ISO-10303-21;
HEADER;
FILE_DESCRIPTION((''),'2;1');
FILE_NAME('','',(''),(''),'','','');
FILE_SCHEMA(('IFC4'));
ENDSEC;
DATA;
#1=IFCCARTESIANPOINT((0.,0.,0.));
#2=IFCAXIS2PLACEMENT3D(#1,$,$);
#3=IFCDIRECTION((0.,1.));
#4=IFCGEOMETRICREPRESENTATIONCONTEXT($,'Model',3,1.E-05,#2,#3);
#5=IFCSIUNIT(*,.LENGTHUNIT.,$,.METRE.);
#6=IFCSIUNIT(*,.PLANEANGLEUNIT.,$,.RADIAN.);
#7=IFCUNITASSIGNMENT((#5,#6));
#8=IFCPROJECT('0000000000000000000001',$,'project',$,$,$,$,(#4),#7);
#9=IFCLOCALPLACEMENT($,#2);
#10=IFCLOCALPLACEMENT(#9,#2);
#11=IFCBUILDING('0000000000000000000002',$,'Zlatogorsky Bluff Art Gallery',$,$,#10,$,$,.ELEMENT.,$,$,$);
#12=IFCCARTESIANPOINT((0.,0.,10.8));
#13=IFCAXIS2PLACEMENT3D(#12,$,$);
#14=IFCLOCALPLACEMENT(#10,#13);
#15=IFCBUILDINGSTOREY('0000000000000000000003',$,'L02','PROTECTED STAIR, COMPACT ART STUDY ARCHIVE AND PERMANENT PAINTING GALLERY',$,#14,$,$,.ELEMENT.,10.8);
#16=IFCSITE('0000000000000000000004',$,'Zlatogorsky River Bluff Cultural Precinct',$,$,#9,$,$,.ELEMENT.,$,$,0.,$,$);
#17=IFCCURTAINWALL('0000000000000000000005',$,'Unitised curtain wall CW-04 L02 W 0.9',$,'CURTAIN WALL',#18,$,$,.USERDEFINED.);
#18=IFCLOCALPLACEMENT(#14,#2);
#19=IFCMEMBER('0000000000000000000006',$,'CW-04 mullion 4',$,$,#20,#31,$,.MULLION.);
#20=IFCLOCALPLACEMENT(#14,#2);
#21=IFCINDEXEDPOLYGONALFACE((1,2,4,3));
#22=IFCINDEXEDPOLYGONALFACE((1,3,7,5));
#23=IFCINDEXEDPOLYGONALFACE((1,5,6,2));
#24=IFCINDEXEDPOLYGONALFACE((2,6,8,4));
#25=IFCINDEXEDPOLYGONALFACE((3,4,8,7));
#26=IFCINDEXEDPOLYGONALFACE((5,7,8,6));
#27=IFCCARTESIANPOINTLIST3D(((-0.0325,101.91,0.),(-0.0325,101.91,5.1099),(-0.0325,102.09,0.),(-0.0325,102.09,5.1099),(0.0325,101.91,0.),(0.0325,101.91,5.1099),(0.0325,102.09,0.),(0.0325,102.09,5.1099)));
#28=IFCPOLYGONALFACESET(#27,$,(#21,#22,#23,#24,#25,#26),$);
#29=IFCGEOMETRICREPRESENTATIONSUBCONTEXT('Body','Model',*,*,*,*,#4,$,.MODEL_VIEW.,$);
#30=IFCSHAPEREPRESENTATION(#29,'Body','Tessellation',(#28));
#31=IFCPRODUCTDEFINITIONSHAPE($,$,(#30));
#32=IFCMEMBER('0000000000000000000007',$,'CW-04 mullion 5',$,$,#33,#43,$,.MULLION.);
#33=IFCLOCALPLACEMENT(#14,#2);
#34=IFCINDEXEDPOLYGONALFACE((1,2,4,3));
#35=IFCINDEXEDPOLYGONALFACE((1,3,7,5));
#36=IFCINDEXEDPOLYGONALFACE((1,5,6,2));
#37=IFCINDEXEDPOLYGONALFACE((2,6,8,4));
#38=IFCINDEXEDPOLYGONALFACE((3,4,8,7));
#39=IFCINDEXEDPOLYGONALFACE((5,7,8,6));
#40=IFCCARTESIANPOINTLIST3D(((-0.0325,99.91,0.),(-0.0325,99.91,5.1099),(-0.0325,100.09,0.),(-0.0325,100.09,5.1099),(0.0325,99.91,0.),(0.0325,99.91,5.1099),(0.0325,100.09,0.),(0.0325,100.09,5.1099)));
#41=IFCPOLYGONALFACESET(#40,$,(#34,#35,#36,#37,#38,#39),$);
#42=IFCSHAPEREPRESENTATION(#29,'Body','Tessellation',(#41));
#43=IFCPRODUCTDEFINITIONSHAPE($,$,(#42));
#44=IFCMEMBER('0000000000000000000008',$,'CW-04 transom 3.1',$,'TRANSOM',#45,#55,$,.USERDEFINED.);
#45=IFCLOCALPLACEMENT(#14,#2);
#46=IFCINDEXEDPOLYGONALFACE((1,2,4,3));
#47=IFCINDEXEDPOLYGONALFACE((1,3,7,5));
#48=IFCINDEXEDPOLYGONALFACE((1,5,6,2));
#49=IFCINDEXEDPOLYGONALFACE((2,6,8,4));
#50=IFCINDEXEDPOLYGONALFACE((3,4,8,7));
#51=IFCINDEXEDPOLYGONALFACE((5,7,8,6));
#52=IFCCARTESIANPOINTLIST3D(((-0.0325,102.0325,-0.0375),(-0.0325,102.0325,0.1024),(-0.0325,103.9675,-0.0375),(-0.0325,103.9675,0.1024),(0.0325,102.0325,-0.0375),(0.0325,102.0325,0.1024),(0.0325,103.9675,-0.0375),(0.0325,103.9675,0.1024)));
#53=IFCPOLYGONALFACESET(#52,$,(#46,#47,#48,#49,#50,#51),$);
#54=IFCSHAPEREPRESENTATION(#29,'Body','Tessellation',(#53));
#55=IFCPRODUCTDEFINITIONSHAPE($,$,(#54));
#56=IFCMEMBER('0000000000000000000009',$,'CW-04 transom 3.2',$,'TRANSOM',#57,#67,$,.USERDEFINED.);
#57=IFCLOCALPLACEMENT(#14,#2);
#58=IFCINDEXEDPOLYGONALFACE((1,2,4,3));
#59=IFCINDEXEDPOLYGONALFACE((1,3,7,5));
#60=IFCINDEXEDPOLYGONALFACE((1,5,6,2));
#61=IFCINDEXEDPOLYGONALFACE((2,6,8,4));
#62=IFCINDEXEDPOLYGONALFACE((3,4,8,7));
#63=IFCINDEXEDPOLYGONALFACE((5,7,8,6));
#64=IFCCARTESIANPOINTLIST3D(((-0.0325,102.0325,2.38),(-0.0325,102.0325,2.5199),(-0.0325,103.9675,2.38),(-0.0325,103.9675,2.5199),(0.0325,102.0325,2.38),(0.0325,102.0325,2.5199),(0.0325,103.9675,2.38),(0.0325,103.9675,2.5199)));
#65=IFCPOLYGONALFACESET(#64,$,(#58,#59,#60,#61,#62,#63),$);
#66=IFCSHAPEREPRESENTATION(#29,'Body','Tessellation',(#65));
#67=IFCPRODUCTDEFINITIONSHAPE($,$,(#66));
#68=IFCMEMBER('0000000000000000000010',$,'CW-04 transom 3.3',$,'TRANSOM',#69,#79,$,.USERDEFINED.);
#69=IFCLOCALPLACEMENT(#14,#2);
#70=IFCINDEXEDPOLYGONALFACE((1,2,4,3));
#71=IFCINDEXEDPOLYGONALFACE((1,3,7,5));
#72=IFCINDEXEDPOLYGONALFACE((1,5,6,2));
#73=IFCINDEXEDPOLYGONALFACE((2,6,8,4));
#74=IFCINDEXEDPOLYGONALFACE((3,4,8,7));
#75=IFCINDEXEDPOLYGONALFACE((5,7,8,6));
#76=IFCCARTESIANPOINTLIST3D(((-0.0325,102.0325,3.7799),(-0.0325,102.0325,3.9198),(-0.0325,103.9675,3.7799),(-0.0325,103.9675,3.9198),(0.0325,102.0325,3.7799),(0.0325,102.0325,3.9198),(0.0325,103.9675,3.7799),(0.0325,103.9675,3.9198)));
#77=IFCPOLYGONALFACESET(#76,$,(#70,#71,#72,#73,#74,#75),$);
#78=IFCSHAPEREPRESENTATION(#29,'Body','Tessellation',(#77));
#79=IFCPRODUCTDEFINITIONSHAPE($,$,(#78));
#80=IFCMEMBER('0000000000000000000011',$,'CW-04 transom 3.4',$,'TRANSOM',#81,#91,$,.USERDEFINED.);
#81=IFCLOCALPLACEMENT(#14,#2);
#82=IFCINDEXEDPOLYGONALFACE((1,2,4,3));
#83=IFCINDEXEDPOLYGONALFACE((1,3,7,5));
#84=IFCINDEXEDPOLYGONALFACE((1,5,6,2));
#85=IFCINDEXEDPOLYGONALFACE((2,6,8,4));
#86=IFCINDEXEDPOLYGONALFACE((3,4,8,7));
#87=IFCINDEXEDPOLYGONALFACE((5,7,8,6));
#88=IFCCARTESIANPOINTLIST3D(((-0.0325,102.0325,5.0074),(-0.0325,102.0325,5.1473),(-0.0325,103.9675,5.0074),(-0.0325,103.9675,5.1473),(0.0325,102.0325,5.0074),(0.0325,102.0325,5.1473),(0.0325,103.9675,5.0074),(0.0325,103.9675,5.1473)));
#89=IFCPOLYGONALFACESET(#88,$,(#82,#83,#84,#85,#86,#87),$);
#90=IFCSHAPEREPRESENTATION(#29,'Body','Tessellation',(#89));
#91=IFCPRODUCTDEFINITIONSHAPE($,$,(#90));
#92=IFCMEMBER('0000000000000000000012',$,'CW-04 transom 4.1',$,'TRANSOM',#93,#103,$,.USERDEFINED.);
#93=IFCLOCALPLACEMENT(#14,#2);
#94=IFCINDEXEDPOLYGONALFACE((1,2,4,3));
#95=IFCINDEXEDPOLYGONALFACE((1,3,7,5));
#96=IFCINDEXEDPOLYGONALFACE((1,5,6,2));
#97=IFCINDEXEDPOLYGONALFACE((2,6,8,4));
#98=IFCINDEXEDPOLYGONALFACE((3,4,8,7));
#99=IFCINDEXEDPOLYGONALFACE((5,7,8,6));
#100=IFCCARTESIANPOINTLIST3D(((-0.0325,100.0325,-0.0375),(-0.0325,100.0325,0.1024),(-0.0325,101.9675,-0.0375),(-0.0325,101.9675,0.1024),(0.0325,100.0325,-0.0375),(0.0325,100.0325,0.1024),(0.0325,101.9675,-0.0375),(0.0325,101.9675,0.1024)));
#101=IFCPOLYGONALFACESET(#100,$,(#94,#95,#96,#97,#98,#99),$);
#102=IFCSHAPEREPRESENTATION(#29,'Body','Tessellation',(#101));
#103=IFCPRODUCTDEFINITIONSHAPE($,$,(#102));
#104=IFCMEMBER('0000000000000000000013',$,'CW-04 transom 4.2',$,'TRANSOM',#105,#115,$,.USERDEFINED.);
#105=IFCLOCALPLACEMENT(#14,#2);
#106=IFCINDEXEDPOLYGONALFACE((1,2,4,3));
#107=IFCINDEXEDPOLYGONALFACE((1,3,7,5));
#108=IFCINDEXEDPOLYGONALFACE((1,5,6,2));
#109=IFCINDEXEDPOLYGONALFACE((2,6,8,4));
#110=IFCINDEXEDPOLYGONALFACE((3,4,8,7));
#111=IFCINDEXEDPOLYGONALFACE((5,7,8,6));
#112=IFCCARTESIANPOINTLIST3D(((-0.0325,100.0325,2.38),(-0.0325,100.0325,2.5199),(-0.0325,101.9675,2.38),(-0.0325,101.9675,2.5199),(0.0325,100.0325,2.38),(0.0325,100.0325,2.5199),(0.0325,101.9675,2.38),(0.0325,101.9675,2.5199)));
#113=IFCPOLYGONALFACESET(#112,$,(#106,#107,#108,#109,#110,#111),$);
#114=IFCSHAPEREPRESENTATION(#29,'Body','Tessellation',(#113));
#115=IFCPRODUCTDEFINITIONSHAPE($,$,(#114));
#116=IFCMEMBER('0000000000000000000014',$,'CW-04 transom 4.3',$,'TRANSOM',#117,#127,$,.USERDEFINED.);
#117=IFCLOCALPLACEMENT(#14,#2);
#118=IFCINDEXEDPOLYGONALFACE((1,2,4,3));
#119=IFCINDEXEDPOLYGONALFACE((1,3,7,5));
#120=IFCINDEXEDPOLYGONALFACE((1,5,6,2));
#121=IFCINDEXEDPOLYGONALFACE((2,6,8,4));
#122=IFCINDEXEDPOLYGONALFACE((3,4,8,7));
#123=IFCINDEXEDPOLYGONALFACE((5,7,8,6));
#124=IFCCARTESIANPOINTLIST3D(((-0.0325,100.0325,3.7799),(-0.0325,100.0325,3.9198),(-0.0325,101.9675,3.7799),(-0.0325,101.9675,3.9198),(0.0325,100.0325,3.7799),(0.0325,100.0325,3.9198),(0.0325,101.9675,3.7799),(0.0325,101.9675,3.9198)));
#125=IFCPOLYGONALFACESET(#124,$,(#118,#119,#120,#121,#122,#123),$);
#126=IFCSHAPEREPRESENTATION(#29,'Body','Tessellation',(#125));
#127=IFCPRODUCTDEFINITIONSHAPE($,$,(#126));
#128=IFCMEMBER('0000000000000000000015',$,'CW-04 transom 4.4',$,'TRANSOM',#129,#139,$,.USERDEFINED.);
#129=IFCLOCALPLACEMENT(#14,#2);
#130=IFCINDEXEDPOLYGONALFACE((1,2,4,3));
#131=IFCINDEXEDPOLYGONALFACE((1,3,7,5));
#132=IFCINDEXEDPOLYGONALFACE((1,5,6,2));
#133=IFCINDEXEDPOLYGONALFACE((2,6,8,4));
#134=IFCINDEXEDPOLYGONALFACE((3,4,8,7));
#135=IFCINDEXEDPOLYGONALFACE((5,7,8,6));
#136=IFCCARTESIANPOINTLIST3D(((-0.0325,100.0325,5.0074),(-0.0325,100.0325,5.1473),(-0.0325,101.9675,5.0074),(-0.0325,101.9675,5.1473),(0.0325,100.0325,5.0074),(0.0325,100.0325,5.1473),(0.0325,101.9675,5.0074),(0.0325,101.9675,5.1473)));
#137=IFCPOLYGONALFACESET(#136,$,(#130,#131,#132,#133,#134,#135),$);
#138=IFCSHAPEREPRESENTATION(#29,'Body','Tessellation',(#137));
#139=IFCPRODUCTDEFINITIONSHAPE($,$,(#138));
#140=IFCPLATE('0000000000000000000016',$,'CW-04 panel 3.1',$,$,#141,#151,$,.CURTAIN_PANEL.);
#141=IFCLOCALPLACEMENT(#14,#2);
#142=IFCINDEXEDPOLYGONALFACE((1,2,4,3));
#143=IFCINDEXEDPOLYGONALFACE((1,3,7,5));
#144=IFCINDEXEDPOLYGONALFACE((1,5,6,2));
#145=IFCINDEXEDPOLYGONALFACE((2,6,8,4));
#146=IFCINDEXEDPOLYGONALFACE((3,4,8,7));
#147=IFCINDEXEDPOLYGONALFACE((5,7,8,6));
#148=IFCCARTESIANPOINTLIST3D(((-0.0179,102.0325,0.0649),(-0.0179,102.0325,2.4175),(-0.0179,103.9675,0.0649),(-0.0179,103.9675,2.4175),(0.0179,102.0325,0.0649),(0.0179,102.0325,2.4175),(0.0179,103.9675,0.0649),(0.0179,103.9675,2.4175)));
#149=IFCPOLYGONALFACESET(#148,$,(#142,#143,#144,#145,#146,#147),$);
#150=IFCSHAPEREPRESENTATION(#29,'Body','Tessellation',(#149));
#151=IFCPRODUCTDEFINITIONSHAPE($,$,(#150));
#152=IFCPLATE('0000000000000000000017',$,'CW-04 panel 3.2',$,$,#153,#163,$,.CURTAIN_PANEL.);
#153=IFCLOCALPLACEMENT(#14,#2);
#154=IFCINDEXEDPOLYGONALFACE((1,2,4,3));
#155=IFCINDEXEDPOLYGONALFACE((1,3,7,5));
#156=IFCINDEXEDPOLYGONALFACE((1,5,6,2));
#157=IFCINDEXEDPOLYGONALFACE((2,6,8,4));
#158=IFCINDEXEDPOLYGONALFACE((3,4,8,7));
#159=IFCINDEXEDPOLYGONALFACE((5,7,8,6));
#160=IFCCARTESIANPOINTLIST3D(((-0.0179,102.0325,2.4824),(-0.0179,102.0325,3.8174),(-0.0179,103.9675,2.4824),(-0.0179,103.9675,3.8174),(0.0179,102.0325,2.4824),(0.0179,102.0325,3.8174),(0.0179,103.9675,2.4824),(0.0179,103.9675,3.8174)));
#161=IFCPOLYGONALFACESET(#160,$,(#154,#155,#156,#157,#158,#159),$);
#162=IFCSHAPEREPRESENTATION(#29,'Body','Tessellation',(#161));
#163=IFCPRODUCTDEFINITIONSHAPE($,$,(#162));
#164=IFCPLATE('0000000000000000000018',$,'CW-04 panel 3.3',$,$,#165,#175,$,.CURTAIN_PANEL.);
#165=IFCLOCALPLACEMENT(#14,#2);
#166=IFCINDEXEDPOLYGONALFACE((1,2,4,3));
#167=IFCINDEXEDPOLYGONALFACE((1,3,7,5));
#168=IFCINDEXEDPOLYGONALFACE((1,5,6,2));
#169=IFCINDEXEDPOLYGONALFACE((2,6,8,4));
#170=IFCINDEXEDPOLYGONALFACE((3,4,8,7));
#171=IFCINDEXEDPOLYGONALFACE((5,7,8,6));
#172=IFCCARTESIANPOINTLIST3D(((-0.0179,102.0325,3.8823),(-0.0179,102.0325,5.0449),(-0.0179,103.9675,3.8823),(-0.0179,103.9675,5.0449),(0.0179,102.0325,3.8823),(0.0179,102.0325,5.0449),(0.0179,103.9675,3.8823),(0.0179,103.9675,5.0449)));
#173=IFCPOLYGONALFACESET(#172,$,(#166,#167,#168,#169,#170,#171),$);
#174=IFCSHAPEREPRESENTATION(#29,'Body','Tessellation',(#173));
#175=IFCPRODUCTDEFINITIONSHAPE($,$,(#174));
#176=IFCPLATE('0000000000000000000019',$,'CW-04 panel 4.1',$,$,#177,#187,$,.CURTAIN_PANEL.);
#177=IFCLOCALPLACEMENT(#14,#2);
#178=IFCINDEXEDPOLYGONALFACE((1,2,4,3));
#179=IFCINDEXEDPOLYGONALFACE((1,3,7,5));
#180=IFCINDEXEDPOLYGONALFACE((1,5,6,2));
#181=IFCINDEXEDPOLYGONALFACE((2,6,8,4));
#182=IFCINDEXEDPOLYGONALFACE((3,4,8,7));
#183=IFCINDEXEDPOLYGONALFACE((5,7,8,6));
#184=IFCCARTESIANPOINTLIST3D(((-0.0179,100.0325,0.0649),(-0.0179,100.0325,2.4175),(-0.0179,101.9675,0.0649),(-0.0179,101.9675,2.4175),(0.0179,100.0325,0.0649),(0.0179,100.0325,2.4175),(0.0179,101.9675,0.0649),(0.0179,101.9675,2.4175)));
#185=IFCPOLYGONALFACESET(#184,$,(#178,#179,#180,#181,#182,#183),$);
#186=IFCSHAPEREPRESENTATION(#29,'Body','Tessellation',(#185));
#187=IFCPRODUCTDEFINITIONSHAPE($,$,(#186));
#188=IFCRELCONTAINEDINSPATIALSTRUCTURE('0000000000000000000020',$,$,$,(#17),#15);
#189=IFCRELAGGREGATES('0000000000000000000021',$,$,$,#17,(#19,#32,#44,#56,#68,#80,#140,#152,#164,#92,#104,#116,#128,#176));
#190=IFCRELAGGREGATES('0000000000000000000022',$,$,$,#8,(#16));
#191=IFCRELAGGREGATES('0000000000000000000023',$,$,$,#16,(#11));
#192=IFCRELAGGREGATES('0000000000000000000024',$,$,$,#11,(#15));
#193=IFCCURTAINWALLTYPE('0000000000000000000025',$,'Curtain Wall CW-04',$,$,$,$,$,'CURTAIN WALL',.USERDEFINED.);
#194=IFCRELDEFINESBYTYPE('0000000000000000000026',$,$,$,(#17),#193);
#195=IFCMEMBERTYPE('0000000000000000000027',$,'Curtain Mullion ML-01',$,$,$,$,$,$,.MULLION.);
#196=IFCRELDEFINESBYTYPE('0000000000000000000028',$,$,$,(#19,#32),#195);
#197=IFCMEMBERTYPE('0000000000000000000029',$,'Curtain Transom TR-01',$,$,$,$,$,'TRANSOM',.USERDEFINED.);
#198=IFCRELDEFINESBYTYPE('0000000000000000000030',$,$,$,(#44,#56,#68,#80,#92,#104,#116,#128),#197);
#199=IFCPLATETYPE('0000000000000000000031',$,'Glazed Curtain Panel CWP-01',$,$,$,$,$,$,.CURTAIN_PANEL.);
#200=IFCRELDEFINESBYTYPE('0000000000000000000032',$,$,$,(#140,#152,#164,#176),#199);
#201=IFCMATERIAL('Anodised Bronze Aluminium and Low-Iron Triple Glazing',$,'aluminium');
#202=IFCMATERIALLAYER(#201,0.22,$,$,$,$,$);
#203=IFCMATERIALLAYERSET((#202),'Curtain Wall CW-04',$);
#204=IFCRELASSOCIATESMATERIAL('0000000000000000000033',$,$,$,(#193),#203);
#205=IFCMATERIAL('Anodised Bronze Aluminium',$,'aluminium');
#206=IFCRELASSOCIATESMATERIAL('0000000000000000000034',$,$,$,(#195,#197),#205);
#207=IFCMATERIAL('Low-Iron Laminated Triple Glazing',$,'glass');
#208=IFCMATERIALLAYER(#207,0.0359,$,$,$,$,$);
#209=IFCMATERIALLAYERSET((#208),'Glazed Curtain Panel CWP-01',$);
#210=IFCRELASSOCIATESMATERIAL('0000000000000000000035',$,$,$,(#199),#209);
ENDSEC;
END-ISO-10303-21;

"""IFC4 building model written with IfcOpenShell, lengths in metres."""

from ifc_helpers import new_model, si_unit, direction, frame, origin, origin_2d, place, context, subcontext, project, spatial, rectangle, extrude, material, layer, layer_set, material_profile, profile_set, type_object, element, aggregate, save


model = new_model("IFC4")

# Units and contexts
model_context = context("Model", 3, precision=1e-05, world=origin(), true_north=direction((0.0, 1.0)))
body_context = subcontext(model_context, "Body", "Model", "MODEL_VIEW")
ifc_project = project(units=[si_unit("LENGTHUNIT", "METRE"), si_unit("PLANEANGLEUNIT", "RADIAN")], contexts=[model_context])

# Site, building, storey
site_placement = place(None, origin())
site = spatial("IfcSite", under=ifc_project, at=site_placement, Name="Zlatogorsky River Bluff Cultural Precinct", CompositionType="ELEMENT", RefElevation=0.0)
building_placement = place(site_placement, origin())
building = spatial("IfcBuilding", under=site, at=building_placement, Name="Zlatogorsky Bluff Art Gallery", CompositionType="ELEMENT")
storey_placement = place(building_placement, frame((0.0, 0.0, 10.8)))
storey = spatial("IfcBuildingStorey", under=building, at=storey_placement, Name="L02", Description="PROTECTED STAIR, COMPACT ART STUDY ARCHIVE AND PERMANENT PAINTING GALLERY", CompositionType="ELEMENT", Elevation=10.8)

# Curtain wall, members, plates
ifc_material_1 = material(Name="Anodised Bronze Aluminium and Low-Iron Triple Glazing", Category="aluminium")
ifc_layer_1 = layer(ifc_material_1, 0.22)
ifc_layer_set_1 = layer_set([ifc_layer_1], Name="Curtain Wall CW-04")
curtain_wall_type = type_object("IfcCurtainWallType", Name="Curtain Wall CW-04", ElementType="CURTAIN WALL", PredefinedType="USERDEFINED", material=ifc_layer_set_1)
curtain_wall_placement = place(storey_placement, origin())
curtain_wall = element("IfcCurtainWall", 1, at=curtain_wall_placement, inside=storey, type_object=curtain_wall_type, Name="Unitised curtain wall CW-04 L02 W 0.9", ObjectType="CURTAIN WALL", PredefinedType="USERDEFINED")
ifc_material_2 = material(Name="Anodised Bronze Aluminium", Category="aluminium")
ifc_material_profile_1 = material_profile(ifc_material_2, rectangle(XDim=0.0649, YDim=0.1799, at=origin_2d()), Name="ALU MULLION 65x180")
ifc_profile_set_1 = profile_set([ifc_material_profile_1], Name="Anodised Bronze Aluminium")
member_type_1 = type_object("IfcMemberType", Name="Curtain Mullion ML-01", PredefinedType="MULLION", material=ifc_profile_set_1)
member_1_placement = place(storey_placement, frame((0.0, 102.0, 0.0), z_axis=(0.0, 0.0, 1.0), x_axis=(1.0, 0.0, 0.0)))
member_1 = element("IfcMember", 2, at=member_1_placement, type_object=member_type_1, Name="CW-04 mullion 4", PredefinedType="MULLION", context=body_context, shape_type="SweptSolid", body=[
    extrude(rectangle(XDim=0.0649, YDim=0.1799, at=origin_2d()), origin(), (0.0, 0.0, 1.0), 5.1099),
])
member_2_placement = place(storey_placement, frame((0.0, 100.0, 0.0), z_axis=(0.0, 0.0, 1.0), x_axis=(1.0, 0.0, 0.0)))
member_2 = element("IfcMember", 3, at=member_2_placement, type_object=member_type_1, Name="CW-04 mullion 5", PredefinedType="MULLION", context=body_context, shape_type="SweptSolid", body=[
    extrude(rectangle(XDim=0.0649, YDim=0.1799, at=origin_2d()), origin(), (0.0, 0.0, 1.0), 5.1099),
])
ifc_material_profile_2 = material_profile(ifc_material_2, rectangle(XDim=0.0649, YDim=0.1399, at=origin_2d()), Name="ALU TRANSOM 65x140")
ifc_profile_set_2 = profile_set([ifc_material_profile_2], Name="Anodised Bronze Aluminium")
member_type_2 = type_object("IfcMemberType", Name="Curtain Transom TR-01", ElementType="TRANSOM", PredefinedType="USERDEFINED", material=ifc_profile_set_2)
member_3_placement = place(storey_placement, frame((0.0, 103.9675, 0.0325), z_axis=(0.0, -1.0, 0.0), x_axis=(1.0, 0.0, 0.0)))
member_3 = element("IfcMember", 4, at=member_3_placement, type_object=member_type_2, Name="CW-04 transom 3.1", ObjectType="TRANSOM", PredefinedType="USERDEFINED", context=body_context, shape_type="SweptSolid", body=[
    extrude(rectangle(XDim=0.0649, YDim=0.1399, at=origin_2d()), origin(), (0.0, 0.0, 1.0), 1.9351),
])
member_4_placement = place(storey_placement, frame((0.0, 103.9675, 2.45), z_axis=(0.0, -1.0, 0.0), x_axis=(1.0, 0.0, 0.0)))
member_4 = element("IfcMember", 5, at=member_4_placement, type_object=member_type_2, Name="CW-04 transom 3.2", ObjectType="TRANSOM", PredefinedType="USERDEFINED", context=body_context, shape_type="SweptSolid", body=[
    extrude(rectangle(XDim=0.0649, YDim=0.1399, at=origin_2d()), origin(), (0.0, 0.0, 1.0), 1.9351),
])
member_5_placement = place(storey_placement, frame((0.0, 103.9675, 3.8499), z_axis=(0.0, -1.0, 0.0), x_axis=(1.0, 0.0, 0.0)))
member_5 = element("IfcMember", 6, at=member_5_placement, type_object=member_type_2, Name="CW-04 transom 3.3", ObjectType="TRANSOM", PredefinedType="USERDEFINED", context=body_context, shape_type="SweptSolid", body=[
    extrude(rectangle(XDim=0.0649, YDim=0.1399, at=origin_2d()), origin(), (0.0, 0.0, 1.0), 1.9351),
])
member_6_placement = place(storey_placement, frame((0.0, 103.9675, 5.0774), z_axis=(0.0, -1.0, 0.0), x_axis=(1.0, 0.0, 0.0)))
member_6 = element("IfcMember", 7, at=member_6_placement, type_object=member_type_2, Name="CW-04 transom 3.4", ObjectType="TRANSOM", PredefinedType="USERDEFINED", context=body_context, shape_type="SweptSolid", body=[
    extrude(rectangle(XDim=0.0649, YDim=0.1399, at=origin_2d()), origin(), (0.0, 0.0, 1.0), 1.9351),
])
member_7_placement = place(storey_placement, frame((0.0, 101.9675, 0.0325), z_axis=(0.0, -1.0, 0.0), x_axis=(1.0, 0.0, 0.0)))
member_7 = element("IfcMember", 8, at=member_7_placement, type_object=member_type_2, Name="CW-04 transom 4.1", ObjectType="TRANSOM", PredefinedType="USERDEFINED", context=body_context, shape_type="SweptSolid", body=[
    extrude(rectangle(XDim=0.0649, YDim=0.1399, at=origin_2d()), origin(), (0.0, 0.0, 1.0), 1.9351),
])
member_8_placement = place(storey_placement, frame((0.0, 101.9675, 2.45), z_axis=(0.0, -1.0, 0.0), x_axis=(1.0, 0.0, 0.0)))
member_8 = element("IfcMember", 9, at=member_8_placement, type_object=member_type_2, Name="CW-04 transom 4.2", ObjectType="TRANSOM", PredefinedType="USERDEFINED", context=body_context, shape_type="SweptSolid", body=[
    extrude(rectangle(XDim=0.0649, YDim=0.1399, at=origin_2d()), origin(), (0.0, 0.0, 1.0), 1.9351),
])
member_9_placement = place(storey_placement, frame((0.0, 101.9675, 3.8499), z_axis=(0.0, -1.0, 0.0), x_axis=(1.0, 0.0, 0.0)))
member_9 = element("IfcMember", 10, at=member_9_placement, type_object=member_type_2, Name="CW-04 transom 4.3", ObjectType="TRANSOM", PredefinedType="USERDEFINED", context=body_context, shape_type="SweptSolid", body=[
    extrude(rectangle(XDim=0.0649, YDim=0.1399, at=origin_2d()), origin(), (0.0, 0.0, 1.0), 1.9351),
])
member_10_placement = place(storey_placement, frame((0.0, 101.9675, 5.0774), z_axis=(0.0, -1.0, 0.0), x_axis=(1.0, 0.0, 0.0)))
member_10 = element("IfcMember", 11, at=member_10_placement, type_object=member_type_2, Name="CW-04 transom 4.4", ObjectType="TRANSOM", PredefinedType="USERDEFINED", context=body_context, shape_type="SweptSolid", body=[
    extrude(rectangle(XDim=0.0649, YDim=0.1399, at=origin_2d()), origin(), (0.0, 0.0, 1.0), 1.9351),
])
ifc_material_3 = material(Name="Low-Iron Laminated Triple Glazing", Category="glass")
ifc_layer_2 = layer(ifc_material_3, 0.0359)
ifc_layer_set_2 = layer_set([ifc_layer_2], Name="Glazed Curtain Panel CWP-01")
plate_type = type_object("IfcPlateType", Name="Glazed Curtain Panel CWP-01", PredefinedType="CURTAIN_PANEL", material=ifc_layer_set_2)
plate_1_placement = place(storey_placement, frame((0.0, 103.0, 0.0649), z_axis=(0.0, 0.0, 1.0), x_axis=(0.0, -1.0, 0.0)))
plate_1 = element("IfcPlate", 12, at=plate_1_placement, type_object=plate_type, Name="CW-04 panel 3.1", PredefinedType="CURTAIN_PANEL", context=body_context, shape_type="SweptSolid", body=[
    extrude(rectangle(XDim=1.9351, YDim=0.0359, at=origin_2d()), origin(), (0.0, 0.0, 1.0), 2.3525),
])
plate_2_placement = place(storey_placement, frame((0.0, 103.0, 2.4824), z_axis=(0.0, 0.0, 1.0), x_axis=(0.0, -1.0, 0.0)))
plate_2 = element("IfcPlate", 13, at=plate_2_placement, type_object=plate_type, Name="CW-04 panel 3.2", PredefinedType="CURTAIN_PANEL", context=body_context, shape_type="SweptSolid", body=[
    extrude(rectangle(XDim=1.9351, YDim=0.0359, at=origin_2d()), origin(), (0.0, 0.0, 1.0), 1.335),
])
plate_3_placement = place(storey_placement, frame((0.0, 103.0, 3.8823), z_axis=(0.0, 0.0, 1.0), x_axis=(0.0, -1.0, 0.0)))
plate_3 = element("IfcPlate", 14, at=plate_3_placement, type_object=plate_type, Name="CW-04 panel 3.3", PredefinedType="CURTAIN_PANEL", context=body_context, shape_type="SweptSolid", body=[
    extrude(rectangle(XDim=1.9351, YDim=0.0359, at=origin_2d()), origin(), (0.0, 0.0, 1.0), 1.1626),
])
plate_4_placement = place(storey_placement, frame((0.0, 101.0, 0.0649), z_axis=(0.0, 0.0, 1.0), x_axis=(0.0, -1.0, 0.0)))
plate_4 = element("IfcPlate", 15, at=plate_4_placement, type_object=plate_type, Name="CW-04 panel 4.1", PredefinedType="CURTAIN_PANEL", context=body_context, shape_type="SweptSolid", body=[
    extrude(rectangle(XDim=1.9351, YDim=0.0359, at=origin_2d()), origin(), (0.0, 0.0, 1.0), 2.3525),
])
aggregate(curtain_wall, [member_1, member_2, member_3, member_4, member_5, member_6, plate_1, plate_2, plate_3, member_7, member_8, member_9, member_10, plate_4])

save(model, "model.ifc")
